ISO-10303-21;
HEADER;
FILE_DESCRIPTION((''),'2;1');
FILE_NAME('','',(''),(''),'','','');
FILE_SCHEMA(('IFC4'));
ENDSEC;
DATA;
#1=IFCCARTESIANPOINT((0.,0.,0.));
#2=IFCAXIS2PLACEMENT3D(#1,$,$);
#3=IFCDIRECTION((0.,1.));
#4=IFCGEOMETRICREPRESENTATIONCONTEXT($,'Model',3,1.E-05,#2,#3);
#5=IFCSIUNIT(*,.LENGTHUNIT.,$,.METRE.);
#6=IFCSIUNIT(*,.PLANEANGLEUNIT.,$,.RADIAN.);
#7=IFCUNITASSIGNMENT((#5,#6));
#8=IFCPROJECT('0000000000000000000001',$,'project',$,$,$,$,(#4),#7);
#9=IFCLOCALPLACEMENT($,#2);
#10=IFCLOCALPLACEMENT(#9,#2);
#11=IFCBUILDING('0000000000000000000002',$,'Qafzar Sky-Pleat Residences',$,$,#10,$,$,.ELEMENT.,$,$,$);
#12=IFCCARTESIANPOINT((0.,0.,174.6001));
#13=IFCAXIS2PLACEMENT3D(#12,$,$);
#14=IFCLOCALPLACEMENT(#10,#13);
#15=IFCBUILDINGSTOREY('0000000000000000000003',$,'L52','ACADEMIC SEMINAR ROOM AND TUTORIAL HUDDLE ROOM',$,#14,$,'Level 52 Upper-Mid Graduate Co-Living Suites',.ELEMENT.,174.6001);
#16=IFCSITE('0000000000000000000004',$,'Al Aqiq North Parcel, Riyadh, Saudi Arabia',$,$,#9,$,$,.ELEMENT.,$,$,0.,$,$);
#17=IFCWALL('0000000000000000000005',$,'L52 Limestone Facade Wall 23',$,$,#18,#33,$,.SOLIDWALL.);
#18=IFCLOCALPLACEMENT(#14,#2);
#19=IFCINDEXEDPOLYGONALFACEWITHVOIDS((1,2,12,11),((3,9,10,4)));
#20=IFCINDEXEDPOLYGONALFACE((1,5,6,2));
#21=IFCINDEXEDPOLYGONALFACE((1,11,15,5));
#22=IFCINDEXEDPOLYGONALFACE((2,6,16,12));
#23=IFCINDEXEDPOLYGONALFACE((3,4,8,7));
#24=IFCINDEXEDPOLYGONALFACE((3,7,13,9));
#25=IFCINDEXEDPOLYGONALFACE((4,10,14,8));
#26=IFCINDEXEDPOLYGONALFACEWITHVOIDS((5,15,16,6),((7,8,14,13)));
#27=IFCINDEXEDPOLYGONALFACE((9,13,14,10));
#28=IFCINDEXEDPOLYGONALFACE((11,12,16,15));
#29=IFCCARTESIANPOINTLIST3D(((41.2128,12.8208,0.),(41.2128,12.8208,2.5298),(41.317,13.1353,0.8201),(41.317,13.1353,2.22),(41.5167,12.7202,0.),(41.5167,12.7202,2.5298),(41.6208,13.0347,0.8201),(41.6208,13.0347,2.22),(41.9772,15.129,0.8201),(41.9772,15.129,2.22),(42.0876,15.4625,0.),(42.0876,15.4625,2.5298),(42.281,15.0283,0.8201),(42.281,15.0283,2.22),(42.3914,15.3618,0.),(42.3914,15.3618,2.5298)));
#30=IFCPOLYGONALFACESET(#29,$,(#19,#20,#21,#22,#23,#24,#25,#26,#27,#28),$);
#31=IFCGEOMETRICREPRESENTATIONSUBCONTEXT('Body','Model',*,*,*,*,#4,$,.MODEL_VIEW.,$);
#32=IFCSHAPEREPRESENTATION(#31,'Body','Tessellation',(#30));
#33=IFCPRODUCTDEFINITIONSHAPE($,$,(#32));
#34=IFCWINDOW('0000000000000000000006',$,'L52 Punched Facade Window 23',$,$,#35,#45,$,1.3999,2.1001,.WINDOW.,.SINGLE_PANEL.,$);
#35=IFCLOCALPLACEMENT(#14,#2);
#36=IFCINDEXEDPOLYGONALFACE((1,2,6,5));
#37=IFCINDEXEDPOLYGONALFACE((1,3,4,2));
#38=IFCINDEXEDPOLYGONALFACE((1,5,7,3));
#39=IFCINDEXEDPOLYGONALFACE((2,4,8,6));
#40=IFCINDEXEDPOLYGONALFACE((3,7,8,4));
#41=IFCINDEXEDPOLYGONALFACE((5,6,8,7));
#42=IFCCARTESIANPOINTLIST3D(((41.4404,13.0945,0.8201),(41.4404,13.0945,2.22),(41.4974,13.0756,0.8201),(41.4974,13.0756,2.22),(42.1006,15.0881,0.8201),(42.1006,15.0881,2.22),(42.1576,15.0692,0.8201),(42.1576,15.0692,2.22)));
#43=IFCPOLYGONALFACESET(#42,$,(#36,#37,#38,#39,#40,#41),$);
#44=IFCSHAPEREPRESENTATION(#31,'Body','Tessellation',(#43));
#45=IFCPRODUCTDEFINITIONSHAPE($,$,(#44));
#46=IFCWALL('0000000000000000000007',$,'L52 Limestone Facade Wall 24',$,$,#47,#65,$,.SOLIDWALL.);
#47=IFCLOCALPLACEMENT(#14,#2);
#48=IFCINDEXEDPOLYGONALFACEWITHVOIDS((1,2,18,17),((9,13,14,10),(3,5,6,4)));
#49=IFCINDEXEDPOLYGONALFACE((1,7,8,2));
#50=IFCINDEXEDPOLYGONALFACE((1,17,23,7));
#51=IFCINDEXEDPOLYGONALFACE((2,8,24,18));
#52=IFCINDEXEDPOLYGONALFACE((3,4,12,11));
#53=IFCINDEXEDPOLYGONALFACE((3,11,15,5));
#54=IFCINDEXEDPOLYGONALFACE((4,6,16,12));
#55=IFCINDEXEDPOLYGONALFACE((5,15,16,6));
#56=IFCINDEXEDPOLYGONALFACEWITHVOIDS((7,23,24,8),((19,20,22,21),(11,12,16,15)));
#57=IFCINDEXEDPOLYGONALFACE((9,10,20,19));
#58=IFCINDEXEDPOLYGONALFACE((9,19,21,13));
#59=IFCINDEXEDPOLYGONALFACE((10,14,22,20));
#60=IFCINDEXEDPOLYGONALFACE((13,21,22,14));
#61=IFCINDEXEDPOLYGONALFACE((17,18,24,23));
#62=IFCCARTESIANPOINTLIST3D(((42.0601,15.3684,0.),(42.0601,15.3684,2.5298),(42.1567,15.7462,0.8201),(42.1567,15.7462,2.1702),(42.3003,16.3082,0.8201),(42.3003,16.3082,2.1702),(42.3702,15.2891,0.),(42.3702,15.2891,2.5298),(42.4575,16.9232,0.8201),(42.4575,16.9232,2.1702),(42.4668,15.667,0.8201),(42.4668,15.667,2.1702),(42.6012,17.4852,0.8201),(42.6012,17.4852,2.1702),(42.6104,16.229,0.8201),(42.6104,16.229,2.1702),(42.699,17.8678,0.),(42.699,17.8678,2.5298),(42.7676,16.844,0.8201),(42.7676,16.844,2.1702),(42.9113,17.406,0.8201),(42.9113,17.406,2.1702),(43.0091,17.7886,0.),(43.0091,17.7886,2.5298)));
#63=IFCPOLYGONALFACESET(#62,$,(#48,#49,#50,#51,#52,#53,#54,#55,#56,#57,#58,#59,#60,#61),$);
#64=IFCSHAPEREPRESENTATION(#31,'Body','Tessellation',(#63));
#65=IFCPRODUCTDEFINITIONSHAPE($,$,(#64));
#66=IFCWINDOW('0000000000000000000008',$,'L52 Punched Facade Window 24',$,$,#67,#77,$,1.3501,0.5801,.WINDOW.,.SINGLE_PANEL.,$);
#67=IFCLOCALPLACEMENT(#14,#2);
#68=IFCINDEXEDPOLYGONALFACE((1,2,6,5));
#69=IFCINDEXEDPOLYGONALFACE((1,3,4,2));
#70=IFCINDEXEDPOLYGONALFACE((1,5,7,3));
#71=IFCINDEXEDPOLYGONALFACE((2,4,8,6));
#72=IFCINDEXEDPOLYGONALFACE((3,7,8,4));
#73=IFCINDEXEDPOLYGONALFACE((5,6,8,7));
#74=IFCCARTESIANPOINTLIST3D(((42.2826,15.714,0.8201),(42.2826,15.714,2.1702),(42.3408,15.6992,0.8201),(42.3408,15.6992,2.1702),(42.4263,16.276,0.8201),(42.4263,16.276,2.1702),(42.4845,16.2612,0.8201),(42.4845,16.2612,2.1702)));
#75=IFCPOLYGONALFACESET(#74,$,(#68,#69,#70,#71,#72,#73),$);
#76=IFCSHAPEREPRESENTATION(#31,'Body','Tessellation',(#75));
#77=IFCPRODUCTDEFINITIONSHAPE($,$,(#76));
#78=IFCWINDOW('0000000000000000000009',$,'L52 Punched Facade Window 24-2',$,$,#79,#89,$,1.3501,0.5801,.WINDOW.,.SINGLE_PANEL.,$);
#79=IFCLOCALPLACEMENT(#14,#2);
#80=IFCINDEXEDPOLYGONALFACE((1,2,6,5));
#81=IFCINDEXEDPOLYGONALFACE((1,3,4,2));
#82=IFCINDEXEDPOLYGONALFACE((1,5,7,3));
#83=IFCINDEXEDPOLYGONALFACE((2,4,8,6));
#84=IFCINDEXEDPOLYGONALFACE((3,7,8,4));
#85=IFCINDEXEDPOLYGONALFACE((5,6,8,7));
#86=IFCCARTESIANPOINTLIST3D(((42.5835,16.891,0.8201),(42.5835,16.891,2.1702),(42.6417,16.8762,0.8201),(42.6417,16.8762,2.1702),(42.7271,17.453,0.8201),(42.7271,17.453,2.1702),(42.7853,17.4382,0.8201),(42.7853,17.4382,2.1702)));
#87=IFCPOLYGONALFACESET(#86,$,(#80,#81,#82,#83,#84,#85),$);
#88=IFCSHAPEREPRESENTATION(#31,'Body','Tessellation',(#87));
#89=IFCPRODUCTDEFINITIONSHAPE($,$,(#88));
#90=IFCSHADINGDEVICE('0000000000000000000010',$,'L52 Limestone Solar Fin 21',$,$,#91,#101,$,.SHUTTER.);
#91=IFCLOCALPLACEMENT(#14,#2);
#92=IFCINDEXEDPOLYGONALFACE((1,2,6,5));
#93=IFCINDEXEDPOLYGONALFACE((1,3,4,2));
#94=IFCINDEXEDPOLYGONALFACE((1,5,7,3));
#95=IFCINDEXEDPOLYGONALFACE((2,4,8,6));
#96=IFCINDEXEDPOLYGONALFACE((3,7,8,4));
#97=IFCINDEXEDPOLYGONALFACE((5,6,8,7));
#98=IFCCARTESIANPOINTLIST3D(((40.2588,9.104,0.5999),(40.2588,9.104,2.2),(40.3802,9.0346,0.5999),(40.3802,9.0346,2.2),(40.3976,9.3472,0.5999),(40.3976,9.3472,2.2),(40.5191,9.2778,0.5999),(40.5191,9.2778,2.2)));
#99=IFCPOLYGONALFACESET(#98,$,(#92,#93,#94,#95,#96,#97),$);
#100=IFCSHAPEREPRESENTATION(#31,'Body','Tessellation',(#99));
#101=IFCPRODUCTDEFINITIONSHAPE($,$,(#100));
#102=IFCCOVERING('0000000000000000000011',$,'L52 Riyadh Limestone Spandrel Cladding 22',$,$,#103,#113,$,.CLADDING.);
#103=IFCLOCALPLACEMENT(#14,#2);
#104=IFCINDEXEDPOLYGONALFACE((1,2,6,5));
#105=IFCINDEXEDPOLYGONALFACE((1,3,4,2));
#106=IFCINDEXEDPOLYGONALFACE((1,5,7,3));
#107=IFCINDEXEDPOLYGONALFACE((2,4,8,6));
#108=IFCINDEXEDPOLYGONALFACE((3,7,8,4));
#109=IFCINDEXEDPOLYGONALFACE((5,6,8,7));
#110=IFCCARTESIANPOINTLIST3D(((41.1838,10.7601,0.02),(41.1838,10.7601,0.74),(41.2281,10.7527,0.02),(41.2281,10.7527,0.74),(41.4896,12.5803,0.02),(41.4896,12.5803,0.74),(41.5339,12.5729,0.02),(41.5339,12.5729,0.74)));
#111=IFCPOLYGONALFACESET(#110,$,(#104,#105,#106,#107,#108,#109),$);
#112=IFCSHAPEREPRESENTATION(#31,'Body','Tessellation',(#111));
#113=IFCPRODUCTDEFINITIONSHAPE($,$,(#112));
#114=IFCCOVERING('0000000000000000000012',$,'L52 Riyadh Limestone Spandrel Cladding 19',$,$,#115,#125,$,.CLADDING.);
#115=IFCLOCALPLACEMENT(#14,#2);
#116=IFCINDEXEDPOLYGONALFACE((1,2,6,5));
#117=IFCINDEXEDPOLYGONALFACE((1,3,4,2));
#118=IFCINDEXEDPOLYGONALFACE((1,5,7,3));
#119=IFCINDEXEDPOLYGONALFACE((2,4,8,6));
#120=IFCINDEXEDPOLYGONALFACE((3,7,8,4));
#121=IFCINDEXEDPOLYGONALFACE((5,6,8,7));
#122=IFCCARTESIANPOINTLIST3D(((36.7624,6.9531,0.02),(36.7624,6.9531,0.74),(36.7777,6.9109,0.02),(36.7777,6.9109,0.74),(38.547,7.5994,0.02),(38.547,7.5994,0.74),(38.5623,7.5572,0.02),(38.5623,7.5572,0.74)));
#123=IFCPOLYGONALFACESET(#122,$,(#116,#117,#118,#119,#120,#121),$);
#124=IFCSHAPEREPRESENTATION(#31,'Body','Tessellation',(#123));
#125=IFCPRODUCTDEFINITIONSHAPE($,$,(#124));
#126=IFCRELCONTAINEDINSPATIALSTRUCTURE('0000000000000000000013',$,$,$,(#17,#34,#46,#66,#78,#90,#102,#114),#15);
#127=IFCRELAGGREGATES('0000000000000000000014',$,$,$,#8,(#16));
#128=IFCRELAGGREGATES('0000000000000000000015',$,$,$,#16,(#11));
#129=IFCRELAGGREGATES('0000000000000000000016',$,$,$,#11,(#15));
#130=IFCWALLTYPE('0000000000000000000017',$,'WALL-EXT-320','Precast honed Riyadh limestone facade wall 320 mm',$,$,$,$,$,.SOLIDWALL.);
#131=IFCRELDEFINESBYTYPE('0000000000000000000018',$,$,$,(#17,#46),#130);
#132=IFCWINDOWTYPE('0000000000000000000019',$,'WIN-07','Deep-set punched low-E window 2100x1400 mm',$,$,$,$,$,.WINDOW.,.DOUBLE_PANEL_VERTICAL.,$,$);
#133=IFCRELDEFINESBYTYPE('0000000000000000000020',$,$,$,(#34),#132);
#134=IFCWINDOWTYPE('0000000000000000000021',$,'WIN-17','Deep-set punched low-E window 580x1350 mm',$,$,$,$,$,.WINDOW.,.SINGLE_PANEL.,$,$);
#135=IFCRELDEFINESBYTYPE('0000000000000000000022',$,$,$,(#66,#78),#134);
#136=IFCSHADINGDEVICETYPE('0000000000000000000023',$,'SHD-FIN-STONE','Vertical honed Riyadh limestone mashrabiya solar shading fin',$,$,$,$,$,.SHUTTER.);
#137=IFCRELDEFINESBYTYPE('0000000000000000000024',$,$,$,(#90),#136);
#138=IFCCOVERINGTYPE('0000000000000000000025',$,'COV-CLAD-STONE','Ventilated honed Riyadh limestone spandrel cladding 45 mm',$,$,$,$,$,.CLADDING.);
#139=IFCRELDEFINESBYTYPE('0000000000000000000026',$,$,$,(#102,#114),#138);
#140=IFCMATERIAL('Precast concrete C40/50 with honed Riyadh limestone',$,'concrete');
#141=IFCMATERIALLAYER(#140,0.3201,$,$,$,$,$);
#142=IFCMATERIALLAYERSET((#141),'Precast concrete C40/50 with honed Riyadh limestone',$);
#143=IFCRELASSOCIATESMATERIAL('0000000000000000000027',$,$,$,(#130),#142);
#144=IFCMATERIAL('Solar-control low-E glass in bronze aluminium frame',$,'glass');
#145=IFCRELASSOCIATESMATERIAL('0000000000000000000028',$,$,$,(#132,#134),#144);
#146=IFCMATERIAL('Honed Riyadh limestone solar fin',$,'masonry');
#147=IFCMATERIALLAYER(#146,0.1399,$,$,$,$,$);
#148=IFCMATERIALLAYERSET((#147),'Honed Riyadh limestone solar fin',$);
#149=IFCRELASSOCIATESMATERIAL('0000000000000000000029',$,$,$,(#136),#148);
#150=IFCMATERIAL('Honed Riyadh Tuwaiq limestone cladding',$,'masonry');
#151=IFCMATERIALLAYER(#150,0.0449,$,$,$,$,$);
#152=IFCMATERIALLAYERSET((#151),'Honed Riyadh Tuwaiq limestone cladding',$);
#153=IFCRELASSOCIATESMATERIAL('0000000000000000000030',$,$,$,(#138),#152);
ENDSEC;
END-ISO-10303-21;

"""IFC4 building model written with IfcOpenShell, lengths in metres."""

from ifc_helpers import new_model, si_unit, direction, frame, frame_2d, origin, origin_2d, place, context, subcontext, project, spatial, rectangle, extrude, source, transform, mapped, material, layer, layer_set, type_object, element, fill, save


model = new_model("IFC4")

# Units and contexts
model_context = context("Model", 3, precision=1e-05, world=origin(), true_north=direction((0.0, 1.0)))
body_context = subcontext(model_context, "Body", "Model", "MODEL_VIEW")
ifc_project = project(units=[si_unit("LENGTHUNIT", "METRE"), si_unit("PLANEANGLEUNIT", "RADIAN")], contexts=[model_context])

# Site, building, storey
site_placement = place(None, origin())
site = spatial("IfcSite", under=ifc_project, at=site_placement, Name="Al Aqiq North Parcel, Riyadh, Saudi Arabia", CompositionType="ELEMENT", RefElevation=0.0)
building_placement = place(site_placement, origin())
building = spatial("IfcBuilding", under=site, at=building_placement, Name="Qafzar Sky-Pleat Residences", CompositionType="ELEMENT")
storey_placement = place(building_placement, frame((0.0, 0.0, 174.6001)))
storey = spatial("IfcBuildingStorey", under=building, at=storey_placement, Name="L52", Description="ACADEMIC SEMINAR ROOM AND TUTORIAL HUDDLE ROOM", LongName="Level 52 Upper-Mid Graduate Co-Living Suites", CompositionType="ELEMENT", Elevation=174.6001)

# Wall, opening, window
ifc_material_1 = material(Name="Precast concrete C40/50 with honed Riyadh limestone", Category="concrete")
ifc_layer_1 = layer(ifc_material_1, 0.3201)
ifc_layer_set_1 = layer_set([ifc_layer_1], Name="Precast concrete C40/50 with honed Riyadh limestone")
wall_type = type_object("IfcWallType", Name="WALL-EXT-320", Description="Precast honed Riyadh limestone facade wall 320 mm", PredefinedType="SOLIDWALL", material=ifc_layer_set_1)
ifc_material_2 = material(Name="Solar-control low-E glass in bronze aluminium frame", Category="glass")
wall_1_placement = place(storey_placement, frame((41.3647, 12.7705, 0.0), z_axis=(0.0, 0.0, 1.0), x_axis=(0.314358, 0.949304, 0.0)))
wall_1 = element("IfcWall", 1, at=wall_1_placement, inside=storey, type_object=wall_type, Name="L52 Limestone Facade Wall 23", PredefinedType="SOLIDWALL", context=body_context, shape_type="SweptSolid", body=[
    extrude(rectangle(XDim=2.7827, YDim=0.3201, at=frame_2d((1.3914, 0.0))), origin(), (0.0, 0.0, 1.0), 2.5298),
])
opening_1_placement = place(wall_1_placement, frame((0.3313, 0.0, 0.8201)))
opening_1 = element("IfcOpeningElement", 2, at=opening_1_placement, cuts=wall_1, PredefinedType="OPENING", context=body_context, shape_type="SweptSolid", body=[
    extrude(rectangle(XDim=2.1001, YDim=1.3999, at=frame_2d((1.05, 0.7))), frame((0.0, 0.1699, 0.0), z_axis=(0.0, -1.0, 0.0), x_axis=(1.0, 0.0, 0.0)), (0.0, 0.0, 1.0), 0.3401),
])
window_type_1 = type_object("IfcWindowType", Name="WIN-07", Description="Deep-set punched low-E window 2100x1400 mm", PartitioningType="DOUBLE_PANEL_VERTICAL", PredefinedType="WINDOW", material=ifc_material_2)
shared_shape_1 = source(origin(), body_context, "Body", "SweptSolid", [
    extrude(rectangle(XDim=2.1001, YDim=1.3999, at=frame_2d((1.05, 0.7))), frame((0.0, 0.03, 0.0), z_axis=(0.0, -1.0, 0.0), x_axis=(1.0, 0.0, 0.0)), (0.0, 0.0, 1.0), 0.0601),
])
window_1_placement = place(opening_1_placement, origin())
window_1 = element("IfcWindow", 3, at=window_1_placement, inside=storey, type_object=window_type_1, Name="L52 Punched Facade Window 23", OverallHeight=1.3999, OverallWidth=2.1001, PartitioningType="SINGLE_PANEL", PredefinedType="WINDOW", context=body_context, shape_type="MappedRepresentation", body=[
    mapped(shared_shape_1, transform((0.0, 0.0, 0.0), x_axis=(1.0, 0.0, 0.0), y_axis=(0.0, 1.0, 0.0), z_axis=(0.0, 0.0, 1.0), scale=1.0)),
])
fill(opening_1, window_1)

# Wall, openings, windows
wall_2_placement = place(storey_placement, frame((42.2151, 15.3286, 0.0), z_axis=(0.0, 0.0, 1.0), x_axis=(0.247654, 0.968849, 0.0)))
wall_2 = element("IfcWall", 4, at=wall_2_placement, inside=storey, type_object=wall_type, Name="L52 Limestone Facade Wall 24", PredefinedType="SOLIDWALL", context=body_context, shape_type="SweptSolid", body=[
    extrude(rectangle(XDim=2.5798, YDim=0.3201, at=frame_2d((1.29, 0.0))), origin(), (0.0, 0.0, 1.0), 2.5298),
])
opening_2_placement = place(wall_2_placement, frame((0.3901, 0.0, 0.8201)))
opening_2 = element("IfcOpeningElement", 5, at=opening_2_placement, cuts=wall_2, PredefinedType="OPENING", context=body_context, shape_type="SweptSolid", body=[
    extrude(rectangle(XDim=0.5801, YDim=1.3501, at=frame_2d((0.29, 0.675))), frame((0.0, 0.1699, 0.0), z_axis=(0.0, -1.0, 0.0), x_axis=(1.0, 0.0, 0.0)), (0.0, 0.0, 1.0), 0.3401),
])
opening_3_placement = place(wall_2_placement, frame((1.605, 0.0, 0.8201)))
opening_3 = element("IfcOpeningElement", 6, at=opening_3_placement, cuts=wall_2, PredefinedType="OPENING", context=body_context, shape_type="SweptSolid", body=[
    extrude(rectangle(XDim=0.5801, YDim=1.3501, at=frame_2d((0.29, 0.675))), frame((0.0, 0.1699, 0.0), z_axis=(0.0, -1.0, 0.0), x_axis=(1.0, 0.0, 0.0)), (0.0, 0.0, 1.0), 0.3401),
])
window_type_2 = type_object("IfcWindowType", Name="WIN-17", Description="Deep-set punched low-E window 580x1350 mm", PartitioningType="SINGLE_PANEL", PredefinedType="WINDOW", material=ifc_material_2)
shared_shape_2 = source(origin(), body_context, "Body", "SweptSolid", [
    extrude(rectangle(XDim=0.5801, YDim=1.3501, at=frame_2d((0.29, 0.675))), frame((0.0, 0.03, 0.0), z_axis=(0.0, -1.0, 0.0), x_axis=(1.0, 0.0, 0.0)), (0.0, 0.0, 1.0), 0.0601),
])
window_2_placement = place(opening_2_placement, origin())
window_2 = element("IfcWindow", 7, at=window_2_placement, inside=storey, type_object=window_type_2, Name="L52 Punched Facade Window 24", OverallHeight=1.3501, OverallWidth=0.5801, PartitioningType="SINGLE_PANEL", PredefinedType="WINDOW", context=body_context, shape_type="MappedRepresentation", body=[
    mapped(shared_shape_2, transform((0.0, 0.0, 0.0), x_axis=(1.0, 0.0, 0.0), y_axis=(0.0, 1.0, 0.0), z_axis=(0.0, 0.0, 1.0), scale=1.0)),
])
fill(opening_2, window_2)
window_3_placement = place(opening_3_placement, origin())
window_3 = element("IfcWindow", 8, at=window_3_placement, inside=storey, type_object=window_type_2, Name="L52 Punched Facade Window 24-2", OverallHeight=1.3501, OverallWidth=0.5801, PartitioningType="SINGLE_PANEL", PredefinedType="WINDOW", context=body_context, shape_type="MappedRepresentation", body=[
    mapped(shared_shape_2, transform((0.0, 0.0, 0.0), x_axis=(1.0, 0.0, 0.0), y_axis=(0.0, 1.0, 0.0), z_axis=(0.0, 0.0, 1.0), scale=1.0)),
])
fill(opening_3, window_3)

# Shading device
ifc_material_3 = material(Name="Honed Riyadh limestone solar fin", Category="masonry")
ifc_layer_2 = layer(ifc_material_3, 0.1399)
ifc_layer_set_2 = layer_set([ifc_layer_2], Name="Honed Riyadh limestone solar fin")
shading_device_type = type_object("IfcShadingDeviceType", Name="SHD-FIN-STONE", Description="Vertical honed Riyadh limestone mashrabiya solar shading fin", PredefinedType="SHUTTER", material=ifc_layer_set_2)
shared_shape_3 = source(origin(), body_context, "Body", "SweptSolid", [
    extrude(rectangle(XDim=0.1399, YDim=0.28, at=origin_2d()), origin(), (0.0, 0.0, 1.0), 1.6001),
])
shading_device_placement = place(storey_placement, frame((40.3889, 9.1909, 0.5999), z_axis=(0.0, 0.0, 1.0), x_axis=(0.868455, -0.495768, 0.0)))
element("IfcShadingDevice", 9, at=shading_device_placement, inside=storey, type_object=shading_device_type, Name="L52 Limestone Solar Fin 21", PredefinedType="SHUTTER", context=body_context, shape_type="MappedRepresentation", body=[
    mapped(shared_shape_3, transform((0.0, 0.0, 0.0), x_axis=(1.0, 0.0, 0.0), y_axis=(0.0, 1.0, 0.0), z_axis=(0.0, 0.0, 1.0), scale=1.0)),
])

# Coverings
ifc_material_4 = material(Name="Honed Riyadh Tuwaiq limestone cladding", Category="masonry")
ifc_layer_3 = layer(ifc_material_4, 0.0449)
ifc_layer_set_3 = layer_set([ifc_layer_3], Name="Honed Riyadh Tuwaiq limestone cladding")
covering_type = type_object("IfcCoveringType", Name="COV-CLAD-STONE", Description="Ventilated honed Riyadh limestone spandrel cladding 45 mm", PredefinedType="CLADDING", material=ifc_layer_set_3)
shared_shape_4 = source(origin(), body_context, "Body", "SweptSolid", [
    extrude(rectangle(XDim=1.8457, YDim=0.0449, at=origin_2d()), origin(), (0.0, 0.0, 1.0), 0.72),
])
covering_1_placement = place(storey_placement, frame((41.3589, 11.6665, 0.02), z_axis=(0.0, 0.0, 1.0), x_axis=(0.165688, 0.986178, 0.0)))
element("IfcCovering", 10, at=covering_1_placement, inside=storey, type_object=covering_type, Name="L52 Riyadh Limestone Spandrel Cladding 22", PredefinedType="CLADDING", context=body_context, shape_type="MappedRepresentation", body=[
    mapped(shared_shape_4, transform((0.0, 0.0, 0.0), x_axis=(1.0, 0.0, 0.0), y_axis=(0.0, 1.0, 0.0), z_axis=(0.0, 0.0, 1.0), scale=1.0)),
])
shared_shape_5 = source(origin(), body_context, "Body", "SweptSolid", [
    extrude(rectangle(XDim=1.8979, YDim=0.0449, at=origin_2d()), origin(), (0.0, 0.0, 1.0), 0.72),
])
covering_2_placement = place(storey_placement, frame((37.6624, 7.2551, 0.02), z_axis=(0.0, 0.0, 1.0), x_axis=(0.940237, 0.340521, 0.0)))
element("IfcCovering", 11, at=covering_2_placement, inside=storey, type_object=covering_type, Name="L52 Riyadh Limestone Spandrel Cladding 19", PredefinedType="CLADDING", context=body_context, shape_type="MappedRepresentation", body=[
    mapped(shared_shape_5, transform((0.0, 0.0, 0.0), x_axis=(1.0, 0.0, 0.0), y_axis=(0.0, 1.0, 0.0), z_axis=(0.0, 0.0, 1.0), scale=1.0)),
])

save(model, "model.ifc")
